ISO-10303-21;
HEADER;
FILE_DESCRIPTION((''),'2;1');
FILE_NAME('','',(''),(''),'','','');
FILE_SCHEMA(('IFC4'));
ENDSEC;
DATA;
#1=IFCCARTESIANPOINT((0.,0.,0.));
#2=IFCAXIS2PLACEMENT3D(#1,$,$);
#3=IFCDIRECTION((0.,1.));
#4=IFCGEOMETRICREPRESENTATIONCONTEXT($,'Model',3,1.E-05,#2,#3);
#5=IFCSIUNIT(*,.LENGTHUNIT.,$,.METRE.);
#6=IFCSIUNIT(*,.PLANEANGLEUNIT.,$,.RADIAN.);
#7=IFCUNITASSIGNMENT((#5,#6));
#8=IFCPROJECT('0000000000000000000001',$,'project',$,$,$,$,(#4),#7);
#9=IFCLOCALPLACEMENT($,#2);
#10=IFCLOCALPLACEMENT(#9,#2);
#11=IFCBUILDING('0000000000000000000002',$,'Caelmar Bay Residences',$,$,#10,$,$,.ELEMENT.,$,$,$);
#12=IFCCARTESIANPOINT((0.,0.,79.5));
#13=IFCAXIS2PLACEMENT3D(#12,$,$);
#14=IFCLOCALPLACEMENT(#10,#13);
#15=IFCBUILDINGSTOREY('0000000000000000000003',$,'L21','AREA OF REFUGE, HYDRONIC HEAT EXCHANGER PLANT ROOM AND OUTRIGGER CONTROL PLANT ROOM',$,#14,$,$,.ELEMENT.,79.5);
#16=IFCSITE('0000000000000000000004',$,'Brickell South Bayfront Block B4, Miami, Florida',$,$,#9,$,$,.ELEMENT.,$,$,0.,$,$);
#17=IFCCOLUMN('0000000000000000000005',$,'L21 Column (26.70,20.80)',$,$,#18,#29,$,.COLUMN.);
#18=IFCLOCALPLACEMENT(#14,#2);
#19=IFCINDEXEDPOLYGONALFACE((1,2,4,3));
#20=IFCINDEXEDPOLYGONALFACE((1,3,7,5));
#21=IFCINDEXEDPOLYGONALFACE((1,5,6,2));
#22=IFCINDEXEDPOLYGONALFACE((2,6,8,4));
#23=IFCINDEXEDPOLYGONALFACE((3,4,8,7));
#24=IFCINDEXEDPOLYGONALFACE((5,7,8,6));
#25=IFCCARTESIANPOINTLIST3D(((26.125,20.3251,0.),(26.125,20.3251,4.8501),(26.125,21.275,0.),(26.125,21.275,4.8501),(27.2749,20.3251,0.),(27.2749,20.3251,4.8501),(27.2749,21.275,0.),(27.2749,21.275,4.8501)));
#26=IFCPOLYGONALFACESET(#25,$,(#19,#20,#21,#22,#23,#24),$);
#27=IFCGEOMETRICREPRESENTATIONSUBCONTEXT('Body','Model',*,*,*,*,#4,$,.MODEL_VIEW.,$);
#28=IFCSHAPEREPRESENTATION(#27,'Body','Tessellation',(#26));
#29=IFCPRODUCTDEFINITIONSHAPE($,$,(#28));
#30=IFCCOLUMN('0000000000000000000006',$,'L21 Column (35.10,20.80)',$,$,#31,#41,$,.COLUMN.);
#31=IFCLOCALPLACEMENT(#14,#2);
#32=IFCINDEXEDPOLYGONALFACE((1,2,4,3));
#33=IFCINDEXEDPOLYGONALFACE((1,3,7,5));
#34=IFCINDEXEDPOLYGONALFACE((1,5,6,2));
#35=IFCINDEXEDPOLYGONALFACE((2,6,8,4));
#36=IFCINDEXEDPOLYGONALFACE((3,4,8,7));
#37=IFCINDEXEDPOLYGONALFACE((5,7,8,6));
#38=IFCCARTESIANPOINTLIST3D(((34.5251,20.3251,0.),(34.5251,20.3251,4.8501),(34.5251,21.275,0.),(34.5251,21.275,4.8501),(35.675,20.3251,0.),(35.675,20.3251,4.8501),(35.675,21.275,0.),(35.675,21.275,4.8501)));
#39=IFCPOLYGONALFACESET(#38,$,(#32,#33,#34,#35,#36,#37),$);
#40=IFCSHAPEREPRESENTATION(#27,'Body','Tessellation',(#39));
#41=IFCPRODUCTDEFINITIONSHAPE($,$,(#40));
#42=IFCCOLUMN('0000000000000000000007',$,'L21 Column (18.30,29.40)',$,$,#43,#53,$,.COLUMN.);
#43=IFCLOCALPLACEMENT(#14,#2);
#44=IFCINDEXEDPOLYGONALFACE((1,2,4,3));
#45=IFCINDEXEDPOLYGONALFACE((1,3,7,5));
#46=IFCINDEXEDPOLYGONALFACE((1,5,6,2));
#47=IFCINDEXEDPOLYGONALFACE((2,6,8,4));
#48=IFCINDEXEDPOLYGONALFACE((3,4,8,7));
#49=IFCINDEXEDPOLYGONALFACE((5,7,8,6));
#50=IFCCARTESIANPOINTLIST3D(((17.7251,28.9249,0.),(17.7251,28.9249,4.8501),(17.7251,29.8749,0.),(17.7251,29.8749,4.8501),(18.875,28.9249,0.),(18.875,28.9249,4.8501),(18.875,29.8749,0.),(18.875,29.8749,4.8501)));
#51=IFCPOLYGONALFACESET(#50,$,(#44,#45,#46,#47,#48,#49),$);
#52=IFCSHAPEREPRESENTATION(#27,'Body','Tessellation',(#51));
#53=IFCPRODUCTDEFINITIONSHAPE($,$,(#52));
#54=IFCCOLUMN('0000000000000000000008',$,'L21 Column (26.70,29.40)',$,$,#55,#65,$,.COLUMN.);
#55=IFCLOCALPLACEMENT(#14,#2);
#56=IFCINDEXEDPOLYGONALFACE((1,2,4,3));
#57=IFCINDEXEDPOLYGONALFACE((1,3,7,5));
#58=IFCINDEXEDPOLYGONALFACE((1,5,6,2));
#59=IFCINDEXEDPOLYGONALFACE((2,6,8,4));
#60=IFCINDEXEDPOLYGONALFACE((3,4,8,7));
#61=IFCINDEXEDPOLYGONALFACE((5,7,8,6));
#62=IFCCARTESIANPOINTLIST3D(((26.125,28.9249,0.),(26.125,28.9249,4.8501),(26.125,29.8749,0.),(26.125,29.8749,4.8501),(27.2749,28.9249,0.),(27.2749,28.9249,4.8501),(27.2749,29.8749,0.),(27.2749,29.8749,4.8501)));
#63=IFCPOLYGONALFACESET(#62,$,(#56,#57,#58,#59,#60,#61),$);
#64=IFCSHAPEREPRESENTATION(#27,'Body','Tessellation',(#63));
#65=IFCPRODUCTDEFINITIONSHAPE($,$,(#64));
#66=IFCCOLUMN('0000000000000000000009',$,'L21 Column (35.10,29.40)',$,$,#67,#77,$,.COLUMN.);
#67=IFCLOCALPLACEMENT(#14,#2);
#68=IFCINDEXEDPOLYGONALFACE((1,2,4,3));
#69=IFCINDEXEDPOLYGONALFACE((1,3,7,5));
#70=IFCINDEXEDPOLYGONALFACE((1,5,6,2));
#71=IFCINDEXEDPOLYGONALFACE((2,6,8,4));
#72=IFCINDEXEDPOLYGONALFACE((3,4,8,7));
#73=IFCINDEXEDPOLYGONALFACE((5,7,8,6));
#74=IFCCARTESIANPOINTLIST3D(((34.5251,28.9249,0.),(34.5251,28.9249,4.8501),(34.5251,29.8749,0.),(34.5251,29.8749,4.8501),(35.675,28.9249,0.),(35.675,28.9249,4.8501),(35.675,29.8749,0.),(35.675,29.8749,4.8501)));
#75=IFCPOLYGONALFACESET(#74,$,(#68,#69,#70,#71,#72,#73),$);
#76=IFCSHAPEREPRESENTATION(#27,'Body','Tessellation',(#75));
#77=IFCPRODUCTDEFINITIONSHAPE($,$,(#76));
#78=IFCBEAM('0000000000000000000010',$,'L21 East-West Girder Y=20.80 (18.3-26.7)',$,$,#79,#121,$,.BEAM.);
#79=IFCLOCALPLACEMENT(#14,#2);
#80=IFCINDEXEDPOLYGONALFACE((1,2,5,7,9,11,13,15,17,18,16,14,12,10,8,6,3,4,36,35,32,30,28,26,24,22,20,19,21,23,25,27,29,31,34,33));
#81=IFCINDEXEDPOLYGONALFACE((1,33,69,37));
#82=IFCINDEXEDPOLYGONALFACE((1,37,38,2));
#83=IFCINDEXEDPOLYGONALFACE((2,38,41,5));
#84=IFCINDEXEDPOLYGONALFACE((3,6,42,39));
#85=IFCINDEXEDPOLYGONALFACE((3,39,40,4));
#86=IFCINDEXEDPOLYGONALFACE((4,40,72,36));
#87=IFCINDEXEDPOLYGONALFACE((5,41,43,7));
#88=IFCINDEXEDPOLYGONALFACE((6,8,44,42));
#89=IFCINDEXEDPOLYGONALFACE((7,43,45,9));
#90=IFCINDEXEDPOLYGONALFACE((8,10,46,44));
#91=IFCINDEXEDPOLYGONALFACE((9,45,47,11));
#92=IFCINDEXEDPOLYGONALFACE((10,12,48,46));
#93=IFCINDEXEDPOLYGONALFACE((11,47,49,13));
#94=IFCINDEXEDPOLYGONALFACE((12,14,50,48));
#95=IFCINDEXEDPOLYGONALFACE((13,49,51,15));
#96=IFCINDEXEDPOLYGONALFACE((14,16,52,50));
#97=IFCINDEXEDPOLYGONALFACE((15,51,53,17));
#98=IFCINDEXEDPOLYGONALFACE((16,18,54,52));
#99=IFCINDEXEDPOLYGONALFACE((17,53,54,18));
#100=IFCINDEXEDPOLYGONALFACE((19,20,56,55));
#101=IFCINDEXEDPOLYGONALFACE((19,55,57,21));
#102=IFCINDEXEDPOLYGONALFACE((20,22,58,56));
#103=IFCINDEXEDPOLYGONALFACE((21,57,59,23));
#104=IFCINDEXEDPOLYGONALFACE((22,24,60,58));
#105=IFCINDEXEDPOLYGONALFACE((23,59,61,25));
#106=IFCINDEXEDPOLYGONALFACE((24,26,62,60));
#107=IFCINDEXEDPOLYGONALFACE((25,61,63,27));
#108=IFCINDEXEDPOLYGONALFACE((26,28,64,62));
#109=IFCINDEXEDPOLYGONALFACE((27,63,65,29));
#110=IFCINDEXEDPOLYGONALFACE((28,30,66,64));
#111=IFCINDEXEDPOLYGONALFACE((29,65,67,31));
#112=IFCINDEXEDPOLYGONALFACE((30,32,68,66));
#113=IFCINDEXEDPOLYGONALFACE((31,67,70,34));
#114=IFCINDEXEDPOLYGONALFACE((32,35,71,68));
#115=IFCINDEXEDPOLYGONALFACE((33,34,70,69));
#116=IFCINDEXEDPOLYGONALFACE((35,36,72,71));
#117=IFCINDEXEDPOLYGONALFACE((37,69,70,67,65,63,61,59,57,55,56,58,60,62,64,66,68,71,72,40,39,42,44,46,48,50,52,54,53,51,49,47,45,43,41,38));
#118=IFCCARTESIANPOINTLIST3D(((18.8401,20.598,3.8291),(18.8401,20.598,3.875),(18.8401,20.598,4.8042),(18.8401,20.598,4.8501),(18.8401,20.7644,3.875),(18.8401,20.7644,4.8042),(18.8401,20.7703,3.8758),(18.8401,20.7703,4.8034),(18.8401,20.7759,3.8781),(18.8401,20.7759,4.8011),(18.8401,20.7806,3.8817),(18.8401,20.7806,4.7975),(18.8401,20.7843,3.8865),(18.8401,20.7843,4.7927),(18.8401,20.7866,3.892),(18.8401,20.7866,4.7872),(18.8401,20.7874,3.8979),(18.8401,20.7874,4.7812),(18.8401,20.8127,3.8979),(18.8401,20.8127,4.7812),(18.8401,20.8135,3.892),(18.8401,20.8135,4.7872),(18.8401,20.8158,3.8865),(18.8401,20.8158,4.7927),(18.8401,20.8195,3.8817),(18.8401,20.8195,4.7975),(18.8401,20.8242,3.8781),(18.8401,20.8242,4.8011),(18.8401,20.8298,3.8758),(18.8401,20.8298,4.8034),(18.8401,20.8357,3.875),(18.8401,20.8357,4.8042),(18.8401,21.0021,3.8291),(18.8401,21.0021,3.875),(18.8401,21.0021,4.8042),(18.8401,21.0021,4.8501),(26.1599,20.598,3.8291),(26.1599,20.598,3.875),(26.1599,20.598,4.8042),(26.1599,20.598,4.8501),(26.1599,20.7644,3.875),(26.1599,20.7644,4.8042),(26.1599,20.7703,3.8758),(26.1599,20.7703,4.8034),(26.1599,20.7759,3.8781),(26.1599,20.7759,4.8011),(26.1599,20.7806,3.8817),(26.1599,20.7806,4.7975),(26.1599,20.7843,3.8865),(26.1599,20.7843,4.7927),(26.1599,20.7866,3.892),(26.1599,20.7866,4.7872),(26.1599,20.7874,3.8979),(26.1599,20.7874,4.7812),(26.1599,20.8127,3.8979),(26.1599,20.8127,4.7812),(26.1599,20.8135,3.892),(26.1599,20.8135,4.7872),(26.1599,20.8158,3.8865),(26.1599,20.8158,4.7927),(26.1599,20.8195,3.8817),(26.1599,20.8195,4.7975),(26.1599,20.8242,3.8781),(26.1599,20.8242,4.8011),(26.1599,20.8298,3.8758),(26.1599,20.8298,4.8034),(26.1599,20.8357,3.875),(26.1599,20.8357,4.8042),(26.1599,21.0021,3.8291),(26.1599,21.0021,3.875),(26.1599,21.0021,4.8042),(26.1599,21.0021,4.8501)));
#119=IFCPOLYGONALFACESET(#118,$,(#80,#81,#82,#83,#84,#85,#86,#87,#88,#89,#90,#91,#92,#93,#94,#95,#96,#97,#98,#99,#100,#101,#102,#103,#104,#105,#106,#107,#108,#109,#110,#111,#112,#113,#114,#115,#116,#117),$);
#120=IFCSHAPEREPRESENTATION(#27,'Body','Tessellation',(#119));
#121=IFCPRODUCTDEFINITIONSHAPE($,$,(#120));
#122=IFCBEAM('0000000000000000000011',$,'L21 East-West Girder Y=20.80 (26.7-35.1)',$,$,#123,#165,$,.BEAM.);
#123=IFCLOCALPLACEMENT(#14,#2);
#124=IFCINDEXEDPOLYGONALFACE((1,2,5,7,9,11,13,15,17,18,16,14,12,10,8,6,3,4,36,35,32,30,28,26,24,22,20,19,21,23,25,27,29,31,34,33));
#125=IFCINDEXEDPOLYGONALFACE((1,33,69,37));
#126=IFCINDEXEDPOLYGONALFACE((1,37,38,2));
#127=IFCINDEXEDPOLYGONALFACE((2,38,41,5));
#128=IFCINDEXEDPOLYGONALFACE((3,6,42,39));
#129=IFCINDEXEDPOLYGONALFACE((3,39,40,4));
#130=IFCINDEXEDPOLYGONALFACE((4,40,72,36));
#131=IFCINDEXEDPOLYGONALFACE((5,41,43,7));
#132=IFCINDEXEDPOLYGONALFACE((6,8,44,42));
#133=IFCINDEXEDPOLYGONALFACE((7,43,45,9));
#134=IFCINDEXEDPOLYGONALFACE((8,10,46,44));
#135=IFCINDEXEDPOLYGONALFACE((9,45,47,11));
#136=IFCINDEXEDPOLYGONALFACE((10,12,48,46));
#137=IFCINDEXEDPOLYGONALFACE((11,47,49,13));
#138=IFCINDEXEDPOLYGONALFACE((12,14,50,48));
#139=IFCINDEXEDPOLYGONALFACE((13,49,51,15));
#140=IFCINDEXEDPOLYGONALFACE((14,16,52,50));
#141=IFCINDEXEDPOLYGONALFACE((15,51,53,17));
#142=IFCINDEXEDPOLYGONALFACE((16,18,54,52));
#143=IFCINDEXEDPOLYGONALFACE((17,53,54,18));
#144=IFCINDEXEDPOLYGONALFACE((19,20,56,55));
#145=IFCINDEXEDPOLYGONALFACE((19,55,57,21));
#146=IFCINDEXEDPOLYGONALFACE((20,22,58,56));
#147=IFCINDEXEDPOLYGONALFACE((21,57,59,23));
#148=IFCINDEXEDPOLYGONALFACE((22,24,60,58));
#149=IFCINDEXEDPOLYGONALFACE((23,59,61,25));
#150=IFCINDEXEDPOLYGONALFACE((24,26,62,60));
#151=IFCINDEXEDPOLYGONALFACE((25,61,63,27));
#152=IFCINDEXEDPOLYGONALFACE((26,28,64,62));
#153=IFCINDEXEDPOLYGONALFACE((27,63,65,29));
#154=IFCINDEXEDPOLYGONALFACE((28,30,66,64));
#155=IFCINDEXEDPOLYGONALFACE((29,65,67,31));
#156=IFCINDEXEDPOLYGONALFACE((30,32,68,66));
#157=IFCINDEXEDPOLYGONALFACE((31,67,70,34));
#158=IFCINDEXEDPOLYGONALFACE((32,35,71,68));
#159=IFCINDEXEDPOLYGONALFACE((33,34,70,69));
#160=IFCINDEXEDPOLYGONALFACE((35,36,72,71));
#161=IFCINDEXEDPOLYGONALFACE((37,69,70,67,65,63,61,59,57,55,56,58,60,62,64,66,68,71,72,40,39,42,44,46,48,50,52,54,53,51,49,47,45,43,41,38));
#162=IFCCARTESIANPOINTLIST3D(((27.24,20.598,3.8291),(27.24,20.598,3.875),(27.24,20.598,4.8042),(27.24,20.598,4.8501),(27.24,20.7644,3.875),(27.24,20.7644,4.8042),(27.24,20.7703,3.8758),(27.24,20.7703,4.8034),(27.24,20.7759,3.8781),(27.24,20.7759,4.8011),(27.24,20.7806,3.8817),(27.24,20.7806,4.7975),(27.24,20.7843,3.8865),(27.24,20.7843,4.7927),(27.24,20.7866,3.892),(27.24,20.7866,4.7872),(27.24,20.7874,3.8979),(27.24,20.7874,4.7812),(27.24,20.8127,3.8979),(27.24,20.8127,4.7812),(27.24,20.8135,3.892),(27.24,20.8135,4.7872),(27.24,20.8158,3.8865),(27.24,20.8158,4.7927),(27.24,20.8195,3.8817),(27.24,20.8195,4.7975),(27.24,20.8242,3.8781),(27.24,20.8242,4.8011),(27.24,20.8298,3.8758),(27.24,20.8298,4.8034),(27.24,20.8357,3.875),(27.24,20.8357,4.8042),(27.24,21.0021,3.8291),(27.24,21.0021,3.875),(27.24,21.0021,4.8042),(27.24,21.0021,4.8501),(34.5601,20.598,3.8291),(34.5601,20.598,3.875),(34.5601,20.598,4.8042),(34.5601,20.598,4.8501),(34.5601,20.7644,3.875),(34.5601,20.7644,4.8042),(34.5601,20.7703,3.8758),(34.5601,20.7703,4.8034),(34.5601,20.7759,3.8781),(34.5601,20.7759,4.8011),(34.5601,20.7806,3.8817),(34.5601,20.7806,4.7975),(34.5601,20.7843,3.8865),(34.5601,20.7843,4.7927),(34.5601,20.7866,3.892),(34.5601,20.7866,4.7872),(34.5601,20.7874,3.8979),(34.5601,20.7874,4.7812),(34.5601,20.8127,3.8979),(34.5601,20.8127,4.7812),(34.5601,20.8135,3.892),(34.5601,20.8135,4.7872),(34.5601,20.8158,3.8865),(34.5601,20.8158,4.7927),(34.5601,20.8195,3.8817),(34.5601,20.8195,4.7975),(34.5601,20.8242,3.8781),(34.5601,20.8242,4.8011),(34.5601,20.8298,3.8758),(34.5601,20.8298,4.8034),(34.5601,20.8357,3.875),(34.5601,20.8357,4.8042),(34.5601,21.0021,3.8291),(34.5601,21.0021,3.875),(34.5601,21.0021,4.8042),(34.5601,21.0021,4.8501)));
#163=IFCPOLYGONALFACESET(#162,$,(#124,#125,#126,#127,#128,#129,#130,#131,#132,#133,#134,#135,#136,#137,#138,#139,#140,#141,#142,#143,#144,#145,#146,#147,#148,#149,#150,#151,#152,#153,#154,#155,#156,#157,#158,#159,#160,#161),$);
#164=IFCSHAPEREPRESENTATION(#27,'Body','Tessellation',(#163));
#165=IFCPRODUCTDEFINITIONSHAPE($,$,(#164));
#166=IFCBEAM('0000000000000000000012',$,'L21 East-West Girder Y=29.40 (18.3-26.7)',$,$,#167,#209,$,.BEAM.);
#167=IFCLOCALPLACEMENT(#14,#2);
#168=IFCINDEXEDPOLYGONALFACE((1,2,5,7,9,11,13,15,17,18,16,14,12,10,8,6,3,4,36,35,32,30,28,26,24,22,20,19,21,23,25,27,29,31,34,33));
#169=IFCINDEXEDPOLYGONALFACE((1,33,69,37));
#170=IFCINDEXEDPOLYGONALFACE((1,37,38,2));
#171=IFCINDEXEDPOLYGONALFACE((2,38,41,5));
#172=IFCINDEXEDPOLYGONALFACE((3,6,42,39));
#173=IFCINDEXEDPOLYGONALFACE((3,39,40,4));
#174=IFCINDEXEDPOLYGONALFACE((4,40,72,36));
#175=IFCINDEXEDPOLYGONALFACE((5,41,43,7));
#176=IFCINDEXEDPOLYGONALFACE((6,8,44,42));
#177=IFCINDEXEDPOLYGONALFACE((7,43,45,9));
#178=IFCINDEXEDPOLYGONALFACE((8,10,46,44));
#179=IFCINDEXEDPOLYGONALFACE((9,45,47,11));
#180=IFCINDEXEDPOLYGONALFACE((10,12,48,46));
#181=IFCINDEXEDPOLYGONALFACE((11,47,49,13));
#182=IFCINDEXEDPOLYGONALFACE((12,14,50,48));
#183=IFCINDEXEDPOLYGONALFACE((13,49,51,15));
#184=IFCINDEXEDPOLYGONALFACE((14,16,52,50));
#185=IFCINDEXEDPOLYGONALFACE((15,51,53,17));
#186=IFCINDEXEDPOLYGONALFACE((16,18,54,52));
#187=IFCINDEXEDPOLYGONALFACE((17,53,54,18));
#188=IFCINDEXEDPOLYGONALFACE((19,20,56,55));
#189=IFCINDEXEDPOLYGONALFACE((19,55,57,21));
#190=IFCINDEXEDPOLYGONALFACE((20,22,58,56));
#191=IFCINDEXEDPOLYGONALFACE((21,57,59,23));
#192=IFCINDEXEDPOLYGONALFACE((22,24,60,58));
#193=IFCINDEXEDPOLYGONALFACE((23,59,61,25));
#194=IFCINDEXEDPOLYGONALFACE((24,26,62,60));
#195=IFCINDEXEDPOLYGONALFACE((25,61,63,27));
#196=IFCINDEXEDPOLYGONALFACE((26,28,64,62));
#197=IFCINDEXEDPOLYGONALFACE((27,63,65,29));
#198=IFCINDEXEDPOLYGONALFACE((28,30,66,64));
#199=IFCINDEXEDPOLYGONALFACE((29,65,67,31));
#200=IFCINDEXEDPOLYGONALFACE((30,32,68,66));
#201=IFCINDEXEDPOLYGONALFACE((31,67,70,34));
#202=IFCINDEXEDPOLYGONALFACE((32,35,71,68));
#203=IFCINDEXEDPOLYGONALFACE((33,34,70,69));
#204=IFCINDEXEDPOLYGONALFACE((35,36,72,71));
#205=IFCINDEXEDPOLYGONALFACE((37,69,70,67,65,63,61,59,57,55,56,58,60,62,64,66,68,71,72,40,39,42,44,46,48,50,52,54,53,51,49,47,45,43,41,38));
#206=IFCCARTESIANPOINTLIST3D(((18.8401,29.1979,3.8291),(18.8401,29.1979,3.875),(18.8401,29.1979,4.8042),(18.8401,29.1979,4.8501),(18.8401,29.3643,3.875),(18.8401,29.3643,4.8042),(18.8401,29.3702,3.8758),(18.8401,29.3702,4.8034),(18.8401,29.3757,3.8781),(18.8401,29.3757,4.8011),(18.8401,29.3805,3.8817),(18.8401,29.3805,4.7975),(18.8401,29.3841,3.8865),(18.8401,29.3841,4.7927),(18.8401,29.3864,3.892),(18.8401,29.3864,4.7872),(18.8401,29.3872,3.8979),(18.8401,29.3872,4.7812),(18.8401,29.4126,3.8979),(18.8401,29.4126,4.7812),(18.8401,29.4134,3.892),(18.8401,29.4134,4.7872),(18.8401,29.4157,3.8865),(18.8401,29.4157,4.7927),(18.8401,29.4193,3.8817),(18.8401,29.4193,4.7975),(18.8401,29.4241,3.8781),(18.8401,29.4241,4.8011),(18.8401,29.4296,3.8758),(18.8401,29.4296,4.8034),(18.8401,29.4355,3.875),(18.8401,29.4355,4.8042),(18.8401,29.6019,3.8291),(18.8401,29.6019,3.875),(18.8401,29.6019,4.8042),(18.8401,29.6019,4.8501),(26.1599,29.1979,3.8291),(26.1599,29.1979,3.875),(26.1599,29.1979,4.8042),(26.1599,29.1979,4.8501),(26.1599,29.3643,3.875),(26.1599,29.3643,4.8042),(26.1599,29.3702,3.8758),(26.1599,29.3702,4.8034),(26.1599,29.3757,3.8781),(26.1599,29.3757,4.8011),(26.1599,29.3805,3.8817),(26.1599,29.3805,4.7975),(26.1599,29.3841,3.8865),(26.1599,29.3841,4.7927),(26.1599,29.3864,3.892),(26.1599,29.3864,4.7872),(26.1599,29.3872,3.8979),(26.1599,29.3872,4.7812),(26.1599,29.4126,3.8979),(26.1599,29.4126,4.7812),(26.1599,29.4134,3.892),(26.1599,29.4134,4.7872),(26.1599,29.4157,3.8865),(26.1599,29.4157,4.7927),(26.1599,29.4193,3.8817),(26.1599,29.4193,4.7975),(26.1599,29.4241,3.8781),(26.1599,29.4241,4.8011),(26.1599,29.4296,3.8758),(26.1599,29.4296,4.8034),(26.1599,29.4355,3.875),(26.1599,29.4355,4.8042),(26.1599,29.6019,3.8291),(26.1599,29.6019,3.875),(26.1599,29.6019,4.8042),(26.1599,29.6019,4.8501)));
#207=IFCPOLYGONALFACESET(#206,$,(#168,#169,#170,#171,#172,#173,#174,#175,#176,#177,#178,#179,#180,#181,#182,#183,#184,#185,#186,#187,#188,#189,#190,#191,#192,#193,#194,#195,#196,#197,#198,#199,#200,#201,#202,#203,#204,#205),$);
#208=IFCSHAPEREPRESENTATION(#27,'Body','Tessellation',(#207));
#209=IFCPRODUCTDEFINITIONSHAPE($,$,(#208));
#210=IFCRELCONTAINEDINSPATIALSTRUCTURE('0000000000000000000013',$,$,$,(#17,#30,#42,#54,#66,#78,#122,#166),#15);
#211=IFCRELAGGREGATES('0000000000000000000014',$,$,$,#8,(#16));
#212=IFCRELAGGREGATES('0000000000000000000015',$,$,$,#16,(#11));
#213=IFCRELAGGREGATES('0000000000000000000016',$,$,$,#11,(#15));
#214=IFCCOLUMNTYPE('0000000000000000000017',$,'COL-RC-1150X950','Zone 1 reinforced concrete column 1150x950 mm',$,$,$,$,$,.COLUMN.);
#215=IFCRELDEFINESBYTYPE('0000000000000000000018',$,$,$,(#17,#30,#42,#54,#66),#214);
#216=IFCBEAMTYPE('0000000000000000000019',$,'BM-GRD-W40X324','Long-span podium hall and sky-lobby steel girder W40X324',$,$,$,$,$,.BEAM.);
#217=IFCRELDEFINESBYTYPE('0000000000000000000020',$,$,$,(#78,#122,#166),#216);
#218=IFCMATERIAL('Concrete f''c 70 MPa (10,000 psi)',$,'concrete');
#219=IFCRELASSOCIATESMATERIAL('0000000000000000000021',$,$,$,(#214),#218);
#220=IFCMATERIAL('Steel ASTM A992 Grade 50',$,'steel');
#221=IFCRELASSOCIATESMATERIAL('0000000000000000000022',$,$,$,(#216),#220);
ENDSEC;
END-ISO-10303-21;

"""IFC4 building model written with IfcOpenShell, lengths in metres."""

from ifc_helpers import new_model, si_unit, direction, frame, origin, origin_2d, place, context, subcontext, project, spatial, rectangle, i_section, extrude, material, material_profile, profile_set, type_object, element, save


model = new_model("IFC4")

# Units and contexts
model_context = context("Model", 3, precision=1e-05, world=origin(), true_north=direction((0.0, 1.0)))
body_context = subcontext(model_context, "Body", "Model", "MODEL_VIEW")
ifc_project = project(units=[si_unit("LENGTHUNIT", "METRE"), si_unit("PLANEANGLEUNIT", "RADIAN")], contexts=[model_context])

# Site, building, storey
site_placement = place(None, origin())
site = spatial("IfcSite", under=ifc_project, at=site_placement, Name="Brickell South Bayfront Block B4, Miami, Florida", CompositionType="ELEMENT", RefElevation=0.0)
building_placement = place(site_placement, origin())
building = spatial("IfcBuilding", under=site, at=building_placement, Name="Caelmar Bay Residences", CompositionType="ELEMENT")
storey_placement = place(building_placement, frame((0.0, 0.0, 79.5)))
storey = spatial("IfcBuildingStorey", under=building, at=storey_placement, Name="L21", Description="AREA OF REFUGE, HYDRONIC HEAT EXCHANGER PLANT ROOM AND OUTRIGGER CONTROL PLANT ROOM", CompositionType="ELEMENT", Elevation=79.5)

# Columns
ifc_material_1 = material(Name="Concrete f'c 70 MPa (10,000 psi)", Category="concrete")
ifc_material_profile_1 = material_profile(ifc_material_1, rectangle(XDim=1.1499, YDim=0.95, at=origin_2d()), Name="RC-COL-1150X950")
ifc_profile_set_1 = profile_set([ifc_material_profile_1], Name="Concrete f'c 70 MPa (10,000 psi)")
column_type = type_object("IfcColumnType", Name="COL-RC-1150X950", Description="Zone 1 reinforced concrete column 1150x950 mm", PredefinedType="COLUMN", material=ifc_profile_set_1)
for number, where, z_axis, x_axis, name in (
    (1, (26.7, 20.8, 0.0), (0.0, 0.0, 1.0), (1.0, 0.0, 0.0), "L21 Column (26.70,20.80)"),
    (2, (35.1001, 20.8, 0.0), (0.0, 0.0, 1.0), (1.0, 0.0, 0.0), "L21 Column (35.10,20.80)"),
    (3, (18.3, 29.3999, 0.0), (0.0, 0.0, 1.0), (1.0, 0.0, 0.0), "L21 Column (18.30,29.40)"),
    (4, (26.7, 29.3999, 0.0), (0.0, 0.0, 1.0), (1.0, 0.0, 0.0), "L21 Column (26.70,29.40)"),
    (5, (35.1001, 29.3999, 0.0), (0.0, 0.0, 1.0), (1.0, 0.0, 0.0), "L21 Column (35.10,29.40)"),
):
    element("IfcColumn", number, at=place(storey_placement, frame(where, z_axis=z_axis, x_axis=x_axis)), inside=storey, type_object=column_type, Name=name, PredefinedType="COLUMN", context=body_context, shape_type="SweptSolid", body=[
        extrude(rectangle(XDim=1.1499, YDim=0.95, at=origin_2d()), origin(), (0.0, 0.0, 1.0), 4.8501),
    ])

# Beams
ifc_material_2 = material(Name="Steel ASTM A992 Grade 50", Category="steel")
ifc_material_profile_2 = material_profile(ifc_material_2, i_section(OverallWidth=0.4041, OverallDepth=1.021, WebThickness=0.0254, FlangeThickness=0.0459, FilletRadius=0.0229, at=origin_2d()), Name="W40X324")
ifc_profile_set_2 = profile_set([ifc_material_profile_2], Name="Steel ASTM A992 Grade 50")
beam_type_1 = type_object("IfcBeamType", Name="BM-GRD-W40X324", Description="Long-span podium hall and sky-lobby steel girder W40X324", PredefinedType="BEAM", material=ifc_profile_set_2)
beam_1_placement = place(storey_placement, frame((18.8401, 20.8, 4.3396), z_axis=(1.0, 0.0, 0.0), x_axis=(0.0, 1.0, 0.0)))
element("IfcBeam", 6, at=beam_1_placement, inside=storey, type_object=beam_type_1, Name="L21 East-West Girder Y=20.80 (18.3-26.7)", PredefinedType="BEAM", context=body_context, shape_type="SweptSolid", body=[
    extrude(i_section(OverallWidth=0.4041, OverallDepth=1.021, WebThickness=0.0254, FlangeThickness=0.0459, FilletRadius=0.0229, at=origin_2d()), origin(), (0.0, 0.0, 1.0), 7.3198),
])
beam_2_placement = place(storey_placement, frame((27.24, 20.8, 4.3396), z_axis=(1.0, 0.0, 0.0), x_axis=(0.0, 1.0, 0.0)))
element("IfcBeam", 7, at=beam_2_placement, inside=storey, type_object=beam_type_1, Name="L21 East-West Girder Y=20.80 (26.7-35.1)", PredefinedType="BEAM", context=body_context, shape_type="SweptSolid", body=[
    extrude(i_section(OverallWidth=0.4041, OverallDepth=1.021, WebThickness=0.0254, FlangeThickness=0.0459, FilletRadius=0.0229, at=origin_2d()), origin(), (0.0, 0.0, 1.0), 7.3201),
])
beam_3_placement = place(storey_placement, frame((18.8401, 29.3999, 4.3396), z_axis=(1.0, 0.0, 0.0), x_axis=(0.0, 1.0, 0.0)))
element("IfcBeam", 8, at=beam_3_placement, inside=storey, type_object=beam_type_1, Name="L21 East-West Girder Y=29.40 (18.3-26.7)", PredefinedType="BEAM", context=body_context, shape_type="SweptSolid", body=[
    extrude(i_section(OverallWidth=0.4041, OverallDepth=1.021, WebThickness=0.0254, FlangeThickness=0.0459, FilletRadius=0.0229, at=origin_2d()), origin(), (0.0, 0.0, 1.0), 7.3198),
])

save(model, "model.ifc")
